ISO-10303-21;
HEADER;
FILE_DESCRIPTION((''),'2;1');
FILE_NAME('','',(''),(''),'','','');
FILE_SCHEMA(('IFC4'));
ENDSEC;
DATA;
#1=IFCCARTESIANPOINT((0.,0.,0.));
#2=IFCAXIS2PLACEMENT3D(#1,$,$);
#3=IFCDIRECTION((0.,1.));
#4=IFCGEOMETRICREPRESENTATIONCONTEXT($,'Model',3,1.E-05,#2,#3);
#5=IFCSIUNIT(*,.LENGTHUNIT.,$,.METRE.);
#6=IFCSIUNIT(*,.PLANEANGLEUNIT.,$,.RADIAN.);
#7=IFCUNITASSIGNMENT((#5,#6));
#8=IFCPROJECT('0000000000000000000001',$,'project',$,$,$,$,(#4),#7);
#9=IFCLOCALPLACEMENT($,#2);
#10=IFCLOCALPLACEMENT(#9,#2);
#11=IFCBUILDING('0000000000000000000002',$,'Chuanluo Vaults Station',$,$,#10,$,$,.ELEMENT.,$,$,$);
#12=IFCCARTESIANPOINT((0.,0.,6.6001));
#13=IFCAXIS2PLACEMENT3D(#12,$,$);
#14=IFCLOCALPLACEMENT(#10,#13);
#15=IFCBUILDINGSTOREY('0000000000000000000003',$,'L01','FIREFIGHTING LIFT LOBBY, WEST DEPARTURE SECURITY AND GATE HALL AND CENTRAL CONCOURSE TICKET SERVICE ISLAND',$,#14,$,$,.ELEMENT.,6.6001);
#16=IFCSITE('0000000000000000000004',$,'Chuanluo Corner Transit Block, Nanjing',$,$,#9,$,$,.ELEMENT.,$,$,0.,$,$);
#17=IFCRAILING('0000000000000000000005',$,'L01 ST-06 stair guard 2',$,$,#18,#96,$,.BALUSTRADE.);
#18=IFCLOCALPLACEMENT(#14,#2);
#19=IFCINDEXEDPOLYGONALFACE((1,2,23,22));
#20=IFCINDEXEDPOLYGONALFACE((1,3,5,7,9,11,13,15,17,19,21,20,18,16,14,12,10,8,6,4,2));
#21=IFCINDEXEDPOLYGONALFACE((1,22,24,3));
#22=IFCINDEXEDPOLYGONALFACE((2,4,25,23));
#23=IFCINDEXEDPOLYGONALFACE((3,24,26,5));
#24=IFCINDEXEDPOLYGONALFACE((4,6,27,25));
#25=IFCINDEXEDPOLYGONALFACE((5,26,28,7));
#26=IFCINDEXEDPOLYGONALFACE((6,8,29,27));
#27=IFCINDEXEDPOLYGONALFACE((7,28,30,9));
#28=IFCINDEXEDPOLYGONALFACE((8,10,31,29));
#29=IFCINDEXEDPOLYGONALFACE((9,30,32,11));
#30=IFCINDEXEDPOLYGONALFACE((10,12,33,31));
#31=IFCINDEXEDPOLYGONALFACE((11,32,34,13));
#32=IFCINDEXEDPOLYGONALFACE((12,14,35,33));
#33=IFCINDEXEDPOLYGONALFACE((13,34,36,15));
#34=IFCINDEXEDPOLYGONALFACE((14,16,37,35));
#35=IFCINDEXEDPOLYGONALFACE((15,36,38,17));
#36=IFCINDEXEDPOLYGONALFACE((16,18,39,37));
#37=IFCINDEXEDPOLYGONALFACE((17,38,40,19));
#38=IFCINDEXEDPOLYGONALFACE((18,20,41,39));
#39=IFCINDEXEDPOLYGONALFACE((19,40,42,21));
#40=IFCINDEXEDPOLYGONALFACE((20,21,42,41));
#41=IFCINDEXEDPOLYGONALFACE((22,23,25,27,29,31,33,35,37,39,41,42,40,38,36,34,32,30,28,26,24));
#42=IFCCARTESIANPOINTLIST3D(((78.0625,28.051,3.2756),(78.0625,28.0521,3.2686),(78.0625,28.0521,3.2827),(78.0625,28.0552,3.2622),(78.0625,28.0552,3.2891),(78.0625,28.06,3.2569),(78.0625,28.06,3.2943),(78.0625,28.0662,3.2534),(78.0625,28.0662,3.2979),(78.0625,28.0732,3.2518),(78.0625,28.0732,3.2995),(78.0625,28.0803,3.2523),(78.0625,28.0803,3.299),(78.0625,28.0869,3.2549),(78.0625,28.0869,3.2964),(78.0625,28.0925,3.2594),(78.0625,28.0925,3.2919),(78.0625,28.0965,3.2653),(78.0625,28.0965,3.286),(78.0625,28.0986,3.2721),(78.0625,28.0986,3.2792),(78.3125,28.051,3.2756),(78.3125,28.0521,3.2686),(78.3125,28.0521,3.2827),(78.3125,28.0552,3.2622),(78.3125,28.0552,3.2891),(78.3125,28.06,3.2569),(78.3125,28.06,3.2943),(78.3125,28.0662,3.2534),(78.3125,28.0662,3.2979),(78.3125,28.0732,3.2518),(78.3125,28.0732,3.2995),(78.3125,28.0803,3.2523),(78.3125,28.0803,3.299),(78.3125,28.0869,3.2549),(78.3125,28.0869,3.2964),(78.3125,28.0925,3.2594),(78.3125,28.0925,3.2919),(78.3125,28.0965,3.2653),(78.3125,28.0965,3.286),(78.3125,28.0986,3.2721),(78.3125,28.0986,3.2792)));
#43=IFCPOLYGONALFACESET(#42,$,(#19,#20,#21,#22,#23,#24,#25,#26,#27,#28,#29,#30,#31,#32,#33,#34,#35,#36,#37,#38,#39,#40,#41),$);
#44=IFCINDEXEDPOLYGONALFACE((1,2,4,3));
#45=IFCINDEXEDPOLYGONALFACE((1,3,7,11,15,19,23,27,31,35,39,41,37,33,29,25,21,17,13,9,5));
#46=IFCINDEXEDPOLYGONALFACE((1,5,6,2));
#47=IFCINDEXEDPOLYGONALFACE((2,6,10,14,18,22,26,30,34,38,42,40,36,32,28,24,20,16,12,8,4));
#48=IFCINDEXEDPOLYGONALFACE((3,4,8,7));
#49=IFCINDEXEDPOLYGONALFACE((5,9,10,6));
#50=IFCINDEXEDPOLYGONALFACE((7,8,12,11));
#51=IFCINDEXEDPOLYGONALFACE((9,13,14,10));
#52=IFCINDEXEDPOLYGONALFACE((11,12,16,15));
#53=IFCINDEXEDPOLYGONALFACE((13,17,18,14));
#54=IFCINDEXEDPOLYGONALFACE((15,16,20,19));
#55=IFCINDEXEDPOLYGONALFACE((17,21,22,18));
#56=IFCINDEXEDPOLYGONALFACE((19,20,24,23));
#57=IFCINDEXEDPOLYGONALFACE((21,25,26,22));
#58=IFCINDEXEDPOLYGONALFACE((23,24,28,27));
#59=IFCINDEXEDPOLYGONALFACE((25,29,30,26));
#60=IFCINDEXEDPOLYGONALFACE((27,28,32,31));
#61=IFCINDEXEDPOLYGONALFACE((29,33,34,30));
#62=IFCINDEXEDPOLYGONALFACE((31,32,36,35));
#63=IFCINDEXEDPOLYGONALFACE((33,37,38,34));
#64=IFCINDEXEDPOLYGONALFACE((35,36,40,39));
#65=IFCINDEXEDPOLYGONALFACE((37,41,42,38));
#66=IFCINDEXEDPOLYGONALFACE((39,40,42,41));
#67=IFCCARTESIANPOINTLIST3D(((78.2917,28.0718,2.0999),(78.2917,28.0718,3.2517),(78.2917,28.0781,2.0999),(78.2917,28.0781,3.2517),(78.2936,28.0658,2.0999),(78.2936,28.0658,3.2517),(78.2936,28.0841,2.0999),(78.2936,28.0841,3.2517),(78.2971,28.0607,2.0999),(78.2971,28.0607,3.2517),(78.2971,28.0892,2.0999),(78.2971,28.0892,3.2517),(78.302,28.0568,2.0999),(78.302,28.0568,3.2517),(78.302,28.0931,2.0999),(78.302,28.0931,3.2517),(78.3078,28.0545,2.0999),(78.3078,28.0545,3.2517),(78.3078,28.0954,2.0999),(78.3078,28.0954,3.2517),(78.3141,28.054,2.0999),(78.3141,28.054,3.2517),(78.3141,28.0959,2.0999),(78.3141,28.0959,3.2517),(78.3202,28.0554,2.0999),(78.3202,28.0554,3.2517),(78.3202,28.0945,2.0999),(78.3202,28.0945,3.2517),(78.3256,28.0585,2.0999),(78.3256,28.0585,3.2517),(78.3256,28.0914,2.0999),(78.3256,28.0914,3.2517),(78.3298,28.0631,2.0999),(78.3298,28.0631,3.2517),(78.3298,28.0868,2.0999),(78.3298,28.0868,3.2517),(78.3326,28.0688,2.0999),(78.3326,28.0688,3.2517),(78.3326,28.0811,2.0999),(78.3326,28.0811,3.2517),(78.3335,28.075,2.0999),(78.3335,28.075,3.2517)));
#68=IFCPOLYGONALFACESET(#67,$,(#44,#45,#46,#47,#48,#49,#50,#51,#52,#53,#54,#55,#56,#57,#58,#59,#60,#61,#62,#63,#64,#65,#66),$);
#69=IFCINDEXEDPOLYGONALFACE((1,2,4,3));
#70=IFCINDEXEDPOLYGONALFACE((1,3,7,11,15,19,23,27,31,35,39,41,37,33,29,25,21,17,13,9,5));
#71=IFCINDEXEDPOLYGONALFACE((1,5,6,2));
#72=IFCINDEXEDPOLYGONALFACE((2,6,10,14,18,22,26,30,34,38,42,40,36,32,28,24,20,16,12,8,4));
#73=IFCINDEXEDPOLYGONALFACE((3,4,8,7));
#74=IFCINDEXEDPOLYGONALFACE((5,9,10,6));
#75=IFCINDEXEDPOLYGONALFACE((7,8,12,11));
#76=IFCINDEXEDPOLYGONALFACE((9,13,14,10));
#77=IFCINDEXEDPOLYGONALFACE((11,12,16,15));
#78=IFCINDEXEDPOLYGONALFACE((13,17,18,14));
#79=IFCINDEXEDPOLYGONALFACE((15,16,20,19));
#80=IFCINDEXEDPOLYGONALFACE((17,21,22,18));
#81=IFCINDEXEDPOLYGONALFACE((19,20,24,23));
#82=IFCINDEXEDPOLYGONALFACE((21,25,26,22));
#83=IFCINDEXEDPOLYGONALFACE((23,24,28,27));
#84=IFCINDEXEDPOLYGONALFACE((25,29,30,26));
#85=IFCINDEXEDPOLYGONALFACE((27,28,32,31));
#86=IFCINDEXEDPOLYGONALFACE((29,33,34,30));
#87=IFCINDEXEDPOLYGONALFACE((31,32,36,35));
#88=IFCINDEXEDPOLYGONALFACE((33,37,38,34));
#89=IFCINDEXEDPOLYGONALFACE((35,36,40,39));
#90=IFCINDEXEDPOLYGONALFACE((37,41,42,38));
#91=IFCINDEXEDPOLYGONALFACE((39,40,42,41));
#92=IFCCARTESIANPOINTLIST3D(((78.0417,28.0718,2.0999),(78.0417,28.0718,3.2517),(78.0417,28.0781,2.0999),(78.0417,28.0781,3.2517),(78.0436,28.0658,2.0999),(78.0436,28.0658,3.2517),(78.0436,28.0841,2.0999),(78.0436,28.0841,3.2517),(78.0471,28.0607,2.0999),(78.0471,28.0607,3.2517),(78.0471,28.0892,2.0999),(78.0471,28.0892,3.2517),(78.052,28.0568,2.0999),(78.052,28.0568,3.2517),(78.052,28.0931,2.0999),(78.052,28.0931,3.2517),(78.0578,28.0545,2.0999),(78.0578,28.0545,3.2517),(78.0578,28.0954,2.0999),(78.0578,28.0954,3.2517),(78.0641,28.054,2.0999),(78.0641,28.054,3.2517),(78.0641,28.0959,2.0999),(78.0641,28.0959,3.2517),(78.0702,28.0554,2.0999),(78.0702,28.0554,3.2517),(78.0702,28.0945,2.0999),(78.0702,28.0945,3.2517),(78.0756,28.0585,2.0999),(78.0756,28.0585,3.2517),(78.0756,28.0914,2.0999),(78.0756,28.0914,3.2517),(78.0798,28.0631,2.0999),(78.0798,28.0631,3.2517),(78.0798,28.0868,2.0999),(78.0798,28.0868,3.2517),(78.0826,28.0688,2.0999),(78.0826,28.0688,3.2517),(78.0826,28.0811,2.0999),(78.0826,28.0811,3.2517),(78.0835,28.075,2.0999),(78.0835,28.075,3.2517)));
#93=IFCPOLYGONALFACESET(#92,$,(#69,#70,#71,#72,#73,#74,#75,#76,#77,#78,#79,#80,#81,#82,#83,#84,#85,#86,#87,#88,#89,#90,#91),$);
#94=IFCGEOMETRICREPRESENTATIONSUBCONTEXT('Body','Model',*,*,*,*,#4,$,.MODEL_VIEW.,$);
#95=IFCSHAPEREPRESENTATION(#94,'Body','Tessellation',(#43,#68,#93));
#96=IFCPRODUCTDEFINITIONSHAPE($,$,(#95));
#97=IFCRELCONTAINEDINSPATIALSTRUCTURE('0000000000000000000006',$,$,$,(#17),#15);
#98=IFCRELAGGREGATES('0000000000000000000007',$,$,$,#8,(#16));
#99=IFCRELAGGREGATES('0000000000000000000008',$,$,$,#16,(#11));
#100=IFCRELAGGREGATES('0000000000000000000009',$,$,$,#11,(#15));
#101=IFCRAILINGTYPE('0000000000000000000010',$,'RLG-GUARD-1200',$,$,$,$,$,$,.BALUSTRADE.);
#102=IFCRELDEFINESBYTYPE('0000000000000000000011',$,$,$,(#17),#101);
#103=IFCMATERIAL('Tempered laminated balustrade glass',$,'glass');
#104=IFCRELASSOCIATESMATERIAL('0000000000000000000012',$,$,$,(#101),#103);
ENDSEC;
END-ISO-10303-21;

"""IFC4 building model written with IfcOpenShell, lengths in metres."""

from ifc_helpers import new_model, si_unit, direction, frame, origin, origin_2d, place, context, subcontext, project, spatial, circle, extrude, material, type_object, element, save


model = new_model("IFC4")

# Units and contexts
model_context = context("Model", 3, precision=1e-05, world=origin(), true_north=direction((0.0, 1.0)))
body_context = subcontext(model_context, "Body", "Model", "MODEL_VIEW")
ifc_project = project(units=[si_unit("LENGTHUNIT", "METRE"), si_unit("PLANEANGLEUNIT", "RADIAN")], contexts=[model_context])

# Site, building, storey
site_placement = place(None, origin())
site = spatial("IfcSite", under=ifc_project, at=site_placement, Name="Chuanluo Corner Transit Block, Nanjing", CompositionType="ELEMENT", RefElevation=0.0)
building_placement = place(site_placement, origin())
building = spatial("IfcBuilding", under=site, at=building_placement, Name="Chuanluo Vaults Station", CompositionType="ELEMENT")
storey_placement = place(building_placement, frame((0.0, 0.0, 6.6001)))
storey = spatial("IfcBuildingStorey", under=building, at=storey_placement, Name="L01", Description="FIREFIGHTING LIFT LOBBY, WEST DEPARTURE SECURITY AND GATE HALL AND CENTRAL CONCOURSE TICKET SERVICE ISLAND", CompositionType="ELEMENT", Elevation=6.6001)

# Railing
ifc_material_1 = material(Name="Tempered laminated balustrade glass", Category="glass")
railing_type_1 = type_object("IfcRailingType", Name="RLG-GUARD-1200", PredefinedType="BALUSTRADE", material=ifc_material_1)
railing_1_placement = place(storey_placement, frame((78.3125, 28.075, 2.0999)))
element("IfcRailing", 1, at=railing_1_placement, inside=storey, type_object=railing_type_1, Name="L01 ST-06 stair guard 2", PredefinedType="BALUSTRADE", context=body_context, shape_type="SweptSolid", body=[
    extrude(circle(Radius=0.0239, at=origin_2d()), frame((0.0, 0.0, 1.1758), z_axis=(-1.0, 0.0, 0.0), x_axis=(0.0, -1.0, 0.0)), (0.0, 0.0, 1.0), 0.25),
    extrude(circle(Radius=0.021, at=origin_2d()), origin(), (0.0, 0.0, 1.0), 1.1519),
    extrude(circle(Radius=0.021, at=origin_2d()), frame((-0.25, 0.0, 0.0)), (0.0, 0.0, 1.0), 1.1519),
])

save(model, "model.ifc")
